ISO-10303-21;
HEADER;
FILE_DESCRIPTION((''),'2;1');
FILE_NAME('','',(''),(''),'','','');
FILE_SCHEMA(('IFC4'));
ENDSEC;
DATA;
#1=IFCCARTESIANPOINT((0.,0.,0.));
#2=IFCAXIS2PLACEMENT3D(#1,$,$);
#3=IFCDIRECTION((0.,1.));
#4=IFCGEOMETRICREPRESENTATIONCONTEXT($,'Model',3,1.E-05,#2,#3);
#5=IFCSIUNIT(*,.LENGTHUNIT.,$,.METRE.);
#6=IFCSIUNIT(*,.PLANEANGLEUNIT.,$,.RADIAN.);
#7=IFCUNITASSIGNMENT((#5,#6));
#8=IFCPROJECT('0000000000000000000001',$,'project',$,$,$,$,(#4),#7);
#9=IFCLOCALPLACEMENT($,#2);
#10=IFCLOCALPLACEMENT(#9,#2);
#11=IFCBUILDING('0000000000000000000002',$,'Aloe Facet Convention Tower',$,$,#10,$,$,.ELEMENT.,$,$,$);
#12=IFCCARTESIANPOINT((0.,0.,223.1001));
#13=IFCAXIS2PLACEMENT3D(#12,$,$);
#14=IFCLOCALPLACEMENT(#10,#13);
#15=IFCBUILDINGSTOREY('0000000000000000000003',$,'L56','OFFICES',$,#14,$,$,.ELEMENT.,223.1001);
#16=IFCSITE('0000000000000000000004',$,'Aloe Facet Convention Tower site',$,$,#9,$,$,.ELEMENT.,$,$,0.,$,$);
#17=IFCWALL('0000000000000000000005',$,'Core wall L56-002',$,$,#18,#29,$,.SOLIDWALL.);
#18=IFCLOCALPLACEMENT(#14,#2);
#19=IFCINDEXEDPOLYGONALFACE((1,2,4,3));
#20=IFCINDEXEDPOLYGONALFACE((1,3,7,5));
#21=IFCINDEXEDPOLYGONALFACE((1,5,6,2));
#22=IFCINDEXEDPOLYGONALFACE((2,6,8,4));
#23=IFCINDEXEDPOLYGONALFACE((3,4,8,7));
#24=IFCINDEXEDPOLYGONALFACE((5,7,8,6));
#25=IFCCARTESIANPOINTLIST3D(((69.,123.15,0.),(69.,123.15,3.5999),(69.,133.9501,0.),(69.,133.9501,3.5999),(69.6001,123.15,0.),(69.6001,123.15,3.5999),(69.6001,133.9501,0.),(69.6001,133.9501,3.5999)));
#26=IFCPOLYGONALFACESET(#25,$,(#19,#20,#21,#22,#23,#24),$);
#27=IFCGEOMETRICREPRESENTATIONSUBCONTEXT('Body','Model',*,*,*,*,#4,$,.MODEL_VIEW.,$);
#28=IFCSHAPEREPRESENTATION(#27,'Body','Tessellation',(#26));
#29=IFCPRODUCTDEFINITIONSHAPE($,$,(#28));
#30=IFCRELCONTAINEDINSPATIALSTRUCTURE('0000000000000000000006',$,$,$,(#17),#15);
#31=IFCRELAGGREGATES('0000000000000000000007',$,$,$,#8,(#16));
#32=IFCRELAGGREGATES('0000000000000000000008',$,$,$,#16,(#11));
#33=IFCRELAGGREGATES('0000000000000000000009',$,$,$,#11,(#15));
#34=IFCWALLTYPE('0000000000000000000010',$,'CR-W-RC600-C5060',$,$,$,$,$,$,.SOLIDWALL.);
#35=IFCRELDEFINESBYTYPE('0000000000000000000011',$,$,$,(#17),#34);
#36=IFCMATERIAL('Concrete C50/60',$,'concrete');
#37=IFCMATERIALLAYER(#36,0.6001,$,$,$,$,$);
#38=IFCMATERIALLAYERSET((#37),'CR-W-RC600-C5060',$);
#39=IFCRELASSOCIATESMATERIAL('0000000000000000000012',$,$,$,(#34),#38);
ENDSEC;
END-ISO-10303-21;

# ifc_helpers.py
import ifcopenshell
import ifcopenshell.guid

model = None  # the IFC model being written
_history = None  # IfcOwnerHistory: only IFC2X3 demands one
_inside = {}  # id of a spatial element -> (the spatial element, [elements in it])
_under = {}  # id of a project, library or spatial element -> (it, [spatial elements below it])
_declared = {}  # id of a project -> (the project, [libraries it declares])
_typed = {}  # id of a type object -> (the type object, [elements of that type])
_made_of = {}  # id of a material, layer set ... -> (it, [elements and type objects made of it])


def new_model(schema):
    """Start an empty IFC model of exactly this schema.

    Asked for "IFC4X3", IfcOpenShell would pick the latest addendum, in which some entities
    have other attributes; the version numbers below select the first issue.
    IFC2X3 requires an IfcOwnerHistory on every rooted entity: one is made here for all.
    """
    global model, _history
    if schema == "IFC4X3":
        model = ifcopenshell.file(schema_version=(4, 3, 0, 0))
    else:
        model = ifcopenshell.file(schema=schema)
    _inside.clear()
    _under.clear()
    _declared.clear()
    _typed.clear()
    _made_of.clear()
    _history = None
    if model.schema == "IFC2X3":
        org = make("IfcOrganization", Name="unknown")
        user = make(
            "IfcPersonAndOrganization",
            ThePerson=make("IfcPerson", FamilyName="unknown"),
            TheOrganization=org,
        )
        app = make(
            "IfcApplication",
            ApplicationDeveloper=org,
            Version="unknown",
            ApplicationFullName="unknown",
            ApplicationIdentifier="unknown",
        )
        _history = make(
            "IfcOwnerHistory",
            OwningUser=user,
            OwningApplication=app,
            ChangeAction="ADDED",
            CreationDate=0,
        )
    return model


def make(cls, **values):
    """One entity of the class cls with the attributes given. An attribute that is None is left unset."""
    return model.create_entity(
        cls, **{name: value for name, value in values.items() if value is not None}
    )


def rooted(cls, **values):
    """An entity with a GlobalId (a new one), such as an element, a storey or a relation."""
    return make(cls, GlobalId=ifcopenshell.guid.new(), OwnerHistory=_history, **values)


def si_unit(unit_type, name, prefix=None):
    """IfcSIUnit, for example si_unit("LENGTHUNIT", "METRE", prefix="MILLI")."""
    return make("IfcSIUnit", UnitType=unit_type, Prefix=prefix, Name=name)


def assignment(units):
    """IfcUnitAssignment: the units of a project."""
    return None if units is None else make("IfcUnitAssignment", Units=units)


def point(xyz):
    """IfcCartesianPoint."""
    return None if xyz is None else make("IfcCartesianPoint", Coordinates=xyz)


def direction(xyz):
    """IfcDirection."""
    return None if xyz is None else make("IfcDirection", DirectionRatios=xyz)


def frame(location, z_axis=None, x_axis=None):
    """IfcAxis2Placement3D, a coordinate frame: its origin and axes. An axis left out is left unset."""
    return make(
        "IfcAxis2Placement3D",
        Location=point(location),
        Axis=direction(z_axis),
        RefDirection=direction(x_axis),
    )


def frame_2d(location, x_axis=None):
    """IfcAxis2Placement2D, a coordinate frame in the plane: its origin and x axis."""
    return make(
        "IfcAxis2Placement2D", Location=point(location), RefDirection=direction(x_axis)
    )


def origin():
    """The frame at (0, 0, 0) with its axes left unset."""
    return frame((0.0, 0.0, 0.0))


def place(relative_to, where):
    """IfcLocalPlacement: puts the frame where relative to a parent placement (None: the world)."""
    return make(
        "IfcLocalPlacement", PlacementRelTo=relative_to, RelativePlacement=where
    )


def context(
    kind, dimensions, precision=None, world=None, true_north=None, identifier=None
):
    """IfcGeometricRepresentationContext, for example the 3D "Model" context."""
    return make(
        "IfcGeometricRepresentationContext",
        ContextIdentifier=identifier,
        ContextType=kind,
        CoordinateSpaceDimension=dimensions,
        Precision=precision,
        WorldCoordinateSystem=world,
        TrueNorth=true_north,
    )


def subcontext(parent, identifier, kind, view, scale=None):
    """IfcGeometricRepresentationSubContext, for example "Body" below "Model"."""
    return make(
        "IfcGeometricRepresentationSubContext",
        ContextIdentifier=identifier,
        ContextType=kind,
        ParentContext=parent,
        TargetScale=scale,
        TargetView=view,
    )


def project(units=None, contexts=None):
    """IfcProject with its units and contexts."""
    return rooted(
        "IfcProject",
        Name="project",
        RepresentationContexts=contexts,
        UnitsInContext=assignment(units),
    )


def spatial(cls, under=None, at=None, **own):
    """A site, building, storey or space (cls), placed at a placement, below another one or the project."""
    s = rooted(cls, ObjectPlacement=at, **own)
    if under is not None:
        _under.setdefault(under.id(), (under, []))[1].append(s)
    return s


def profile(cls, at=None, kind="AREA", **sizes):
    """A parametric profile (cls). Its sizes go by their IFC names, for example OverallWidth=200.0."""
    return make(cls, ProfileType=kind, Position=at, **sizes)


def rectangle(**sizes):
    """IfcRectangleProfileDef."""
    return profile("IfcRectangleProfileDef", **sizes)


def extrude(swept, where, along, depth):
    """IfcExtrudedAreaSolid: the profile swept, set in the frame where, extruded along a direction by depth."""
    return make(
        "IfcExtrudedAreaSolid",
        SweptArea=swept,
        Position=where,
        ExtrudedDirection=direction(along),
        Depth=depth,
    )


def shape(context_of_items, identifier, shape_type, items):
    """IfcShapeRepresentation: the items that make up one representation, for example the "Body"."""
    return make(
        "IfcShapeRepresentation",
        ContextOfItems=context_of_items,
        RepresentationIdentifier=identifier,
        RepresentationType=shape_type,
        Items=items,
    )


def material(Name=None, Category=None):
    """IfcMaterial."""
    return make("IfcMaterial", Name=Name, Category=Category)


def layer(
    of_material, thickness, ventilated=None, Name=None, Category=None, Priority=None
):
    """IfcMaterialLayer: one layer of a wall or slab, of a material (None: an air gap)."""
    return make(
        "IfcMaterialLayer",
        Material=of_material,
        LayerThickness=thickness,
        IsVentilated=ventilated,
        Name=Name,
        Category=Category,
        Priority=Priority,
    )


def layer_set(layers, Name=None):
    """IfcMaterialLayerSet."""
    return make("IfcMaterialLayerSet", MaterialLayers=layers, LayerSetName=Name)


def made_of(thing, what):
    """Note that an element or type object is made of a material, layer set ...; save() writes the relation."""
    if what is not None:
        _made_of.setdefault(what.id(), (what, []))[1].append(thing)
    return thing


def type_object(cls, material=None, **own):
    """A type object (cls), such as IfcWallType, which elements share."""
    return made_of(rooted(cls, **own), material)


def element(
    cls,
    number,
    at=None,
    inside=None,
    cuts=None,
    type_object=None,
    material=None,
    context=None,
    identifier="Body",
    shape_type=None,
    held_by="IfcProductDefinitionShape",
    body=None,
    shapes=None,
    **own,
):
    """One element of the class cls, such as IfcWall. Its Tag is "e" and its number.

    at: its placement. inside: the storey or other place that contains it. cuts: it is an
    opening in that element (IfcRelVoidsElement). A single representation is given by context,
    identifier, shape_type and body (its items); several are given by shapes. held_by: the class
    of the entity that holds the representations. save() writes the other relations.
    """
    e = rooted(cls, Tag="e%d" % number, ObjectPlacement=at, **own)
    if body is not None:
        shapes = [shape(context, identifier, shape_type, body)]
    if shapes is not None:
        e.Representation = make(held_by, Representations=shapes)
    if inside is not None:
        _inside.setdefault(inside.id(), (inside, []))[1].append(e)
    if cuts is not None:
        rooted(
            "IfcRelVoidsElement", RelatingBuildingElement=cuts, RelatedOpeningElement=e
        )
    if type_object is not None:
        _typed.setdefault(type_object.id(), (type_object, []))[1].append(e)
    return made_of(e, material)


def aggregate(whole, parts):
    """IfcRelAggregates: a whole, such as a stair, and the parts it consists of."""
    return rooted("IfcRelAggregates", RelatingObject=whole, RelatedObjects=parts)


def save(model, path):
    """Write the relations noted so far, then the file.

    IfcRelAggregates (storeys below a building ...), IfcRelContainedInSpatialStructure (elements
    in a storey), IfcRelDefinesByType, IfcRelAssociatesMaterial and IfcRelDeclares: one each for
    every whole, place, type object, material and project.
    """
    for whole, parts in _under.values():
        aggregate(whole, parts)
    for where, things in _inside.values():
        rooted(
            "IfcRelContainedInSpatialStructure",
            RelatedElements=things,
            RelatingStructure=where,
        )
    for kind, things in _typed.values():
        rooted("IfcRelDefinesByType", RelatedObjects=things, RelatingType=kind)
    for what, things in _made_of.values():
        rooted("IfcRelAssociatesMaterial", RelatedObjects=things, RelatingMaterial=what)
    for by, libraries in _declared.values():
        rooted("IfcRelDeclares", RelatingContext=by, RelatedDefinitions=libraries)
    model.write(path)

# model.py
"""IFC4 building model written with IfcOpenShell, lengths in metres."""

from ifc_helpers import new_model, si_unit, direction, frame, frame_2d, origin, place, context, subcontext, project, spatial, rectangle, extrude, material, layer, layer_set, type_object, element, save


model = new_model("IFC4")

# Units and contexts
model_context = context("Model", 3, precision=1e-05, world=origin(), true_north=direction((0.0, 1.0)))
body_context = subcontext(model_context, "Body", "Model", "MODEL_VIEW")
ifc_project = project(units=[si_unit("LENGTHUNIT", "METRE"), si_unit("PLANEANGLEUNIT", "RADIAN")], contexts=[model_context])

# Site, building, storey
site_placement = place(None, origin())
site = spatial("IfcSite", under=ifc_project, at=site_placement, Name="Aloe Facet Convention Tower site", CompositionType="ELEMENT", RefElevation=0.0)
building_placement = place(site_placement, origin())
building = spatial("IfcBuilding", under=site, at=building_placement, Name="Aloe Facet Convention Tower", CompositionType="ELEMENT")
storey_placement = place(building_placement, frame((0.0, 0.0, 223.1001)))
storey = spatial("IfcBuildingStorey", under=building, at=storey_placement, Name="L56", Description="OFFICES", CompositionType="ELEMENT", Elevation=223.1001)

# Wall
ifc_material_1 = material(Name="Concrete C50/60", Category="concrete")
ifc_layer_1 = layer(ifc_material_1, 0.6001)
ifc_layer_set_1 = layer_set([ifc_layer_1], Name="CR-W-RC600-C5060")
wall_type_1 = type_object("IfcWallType", Name="CR-W-RC600-C5060", PredefinedType="SOLIDWALL", material=ifc_layer_set_1)
wall_1_placement = place(storey_placement, frame((69.3, 133.95, 0.0), z_axis=(0.0, 0.0, 1.0), x_axis=(0.0, -1.0, 0.0)))
element("IfcWall", 1, at=wall_1_placement, inside=storey, type_object=wall_type_1, Name="Core wall L56-002", PredefinedType="SOLIDWALL", context=body_context, shape_type="SweptSolid", body=[
    extrude(rectangle(XDim=10.8, YDim=0.6001, at=frame_2d((5.3999, 0.0))), origin(), (0.0, 0.0, 1.0), 3.5999),
])

save(model, "model.ifc")
